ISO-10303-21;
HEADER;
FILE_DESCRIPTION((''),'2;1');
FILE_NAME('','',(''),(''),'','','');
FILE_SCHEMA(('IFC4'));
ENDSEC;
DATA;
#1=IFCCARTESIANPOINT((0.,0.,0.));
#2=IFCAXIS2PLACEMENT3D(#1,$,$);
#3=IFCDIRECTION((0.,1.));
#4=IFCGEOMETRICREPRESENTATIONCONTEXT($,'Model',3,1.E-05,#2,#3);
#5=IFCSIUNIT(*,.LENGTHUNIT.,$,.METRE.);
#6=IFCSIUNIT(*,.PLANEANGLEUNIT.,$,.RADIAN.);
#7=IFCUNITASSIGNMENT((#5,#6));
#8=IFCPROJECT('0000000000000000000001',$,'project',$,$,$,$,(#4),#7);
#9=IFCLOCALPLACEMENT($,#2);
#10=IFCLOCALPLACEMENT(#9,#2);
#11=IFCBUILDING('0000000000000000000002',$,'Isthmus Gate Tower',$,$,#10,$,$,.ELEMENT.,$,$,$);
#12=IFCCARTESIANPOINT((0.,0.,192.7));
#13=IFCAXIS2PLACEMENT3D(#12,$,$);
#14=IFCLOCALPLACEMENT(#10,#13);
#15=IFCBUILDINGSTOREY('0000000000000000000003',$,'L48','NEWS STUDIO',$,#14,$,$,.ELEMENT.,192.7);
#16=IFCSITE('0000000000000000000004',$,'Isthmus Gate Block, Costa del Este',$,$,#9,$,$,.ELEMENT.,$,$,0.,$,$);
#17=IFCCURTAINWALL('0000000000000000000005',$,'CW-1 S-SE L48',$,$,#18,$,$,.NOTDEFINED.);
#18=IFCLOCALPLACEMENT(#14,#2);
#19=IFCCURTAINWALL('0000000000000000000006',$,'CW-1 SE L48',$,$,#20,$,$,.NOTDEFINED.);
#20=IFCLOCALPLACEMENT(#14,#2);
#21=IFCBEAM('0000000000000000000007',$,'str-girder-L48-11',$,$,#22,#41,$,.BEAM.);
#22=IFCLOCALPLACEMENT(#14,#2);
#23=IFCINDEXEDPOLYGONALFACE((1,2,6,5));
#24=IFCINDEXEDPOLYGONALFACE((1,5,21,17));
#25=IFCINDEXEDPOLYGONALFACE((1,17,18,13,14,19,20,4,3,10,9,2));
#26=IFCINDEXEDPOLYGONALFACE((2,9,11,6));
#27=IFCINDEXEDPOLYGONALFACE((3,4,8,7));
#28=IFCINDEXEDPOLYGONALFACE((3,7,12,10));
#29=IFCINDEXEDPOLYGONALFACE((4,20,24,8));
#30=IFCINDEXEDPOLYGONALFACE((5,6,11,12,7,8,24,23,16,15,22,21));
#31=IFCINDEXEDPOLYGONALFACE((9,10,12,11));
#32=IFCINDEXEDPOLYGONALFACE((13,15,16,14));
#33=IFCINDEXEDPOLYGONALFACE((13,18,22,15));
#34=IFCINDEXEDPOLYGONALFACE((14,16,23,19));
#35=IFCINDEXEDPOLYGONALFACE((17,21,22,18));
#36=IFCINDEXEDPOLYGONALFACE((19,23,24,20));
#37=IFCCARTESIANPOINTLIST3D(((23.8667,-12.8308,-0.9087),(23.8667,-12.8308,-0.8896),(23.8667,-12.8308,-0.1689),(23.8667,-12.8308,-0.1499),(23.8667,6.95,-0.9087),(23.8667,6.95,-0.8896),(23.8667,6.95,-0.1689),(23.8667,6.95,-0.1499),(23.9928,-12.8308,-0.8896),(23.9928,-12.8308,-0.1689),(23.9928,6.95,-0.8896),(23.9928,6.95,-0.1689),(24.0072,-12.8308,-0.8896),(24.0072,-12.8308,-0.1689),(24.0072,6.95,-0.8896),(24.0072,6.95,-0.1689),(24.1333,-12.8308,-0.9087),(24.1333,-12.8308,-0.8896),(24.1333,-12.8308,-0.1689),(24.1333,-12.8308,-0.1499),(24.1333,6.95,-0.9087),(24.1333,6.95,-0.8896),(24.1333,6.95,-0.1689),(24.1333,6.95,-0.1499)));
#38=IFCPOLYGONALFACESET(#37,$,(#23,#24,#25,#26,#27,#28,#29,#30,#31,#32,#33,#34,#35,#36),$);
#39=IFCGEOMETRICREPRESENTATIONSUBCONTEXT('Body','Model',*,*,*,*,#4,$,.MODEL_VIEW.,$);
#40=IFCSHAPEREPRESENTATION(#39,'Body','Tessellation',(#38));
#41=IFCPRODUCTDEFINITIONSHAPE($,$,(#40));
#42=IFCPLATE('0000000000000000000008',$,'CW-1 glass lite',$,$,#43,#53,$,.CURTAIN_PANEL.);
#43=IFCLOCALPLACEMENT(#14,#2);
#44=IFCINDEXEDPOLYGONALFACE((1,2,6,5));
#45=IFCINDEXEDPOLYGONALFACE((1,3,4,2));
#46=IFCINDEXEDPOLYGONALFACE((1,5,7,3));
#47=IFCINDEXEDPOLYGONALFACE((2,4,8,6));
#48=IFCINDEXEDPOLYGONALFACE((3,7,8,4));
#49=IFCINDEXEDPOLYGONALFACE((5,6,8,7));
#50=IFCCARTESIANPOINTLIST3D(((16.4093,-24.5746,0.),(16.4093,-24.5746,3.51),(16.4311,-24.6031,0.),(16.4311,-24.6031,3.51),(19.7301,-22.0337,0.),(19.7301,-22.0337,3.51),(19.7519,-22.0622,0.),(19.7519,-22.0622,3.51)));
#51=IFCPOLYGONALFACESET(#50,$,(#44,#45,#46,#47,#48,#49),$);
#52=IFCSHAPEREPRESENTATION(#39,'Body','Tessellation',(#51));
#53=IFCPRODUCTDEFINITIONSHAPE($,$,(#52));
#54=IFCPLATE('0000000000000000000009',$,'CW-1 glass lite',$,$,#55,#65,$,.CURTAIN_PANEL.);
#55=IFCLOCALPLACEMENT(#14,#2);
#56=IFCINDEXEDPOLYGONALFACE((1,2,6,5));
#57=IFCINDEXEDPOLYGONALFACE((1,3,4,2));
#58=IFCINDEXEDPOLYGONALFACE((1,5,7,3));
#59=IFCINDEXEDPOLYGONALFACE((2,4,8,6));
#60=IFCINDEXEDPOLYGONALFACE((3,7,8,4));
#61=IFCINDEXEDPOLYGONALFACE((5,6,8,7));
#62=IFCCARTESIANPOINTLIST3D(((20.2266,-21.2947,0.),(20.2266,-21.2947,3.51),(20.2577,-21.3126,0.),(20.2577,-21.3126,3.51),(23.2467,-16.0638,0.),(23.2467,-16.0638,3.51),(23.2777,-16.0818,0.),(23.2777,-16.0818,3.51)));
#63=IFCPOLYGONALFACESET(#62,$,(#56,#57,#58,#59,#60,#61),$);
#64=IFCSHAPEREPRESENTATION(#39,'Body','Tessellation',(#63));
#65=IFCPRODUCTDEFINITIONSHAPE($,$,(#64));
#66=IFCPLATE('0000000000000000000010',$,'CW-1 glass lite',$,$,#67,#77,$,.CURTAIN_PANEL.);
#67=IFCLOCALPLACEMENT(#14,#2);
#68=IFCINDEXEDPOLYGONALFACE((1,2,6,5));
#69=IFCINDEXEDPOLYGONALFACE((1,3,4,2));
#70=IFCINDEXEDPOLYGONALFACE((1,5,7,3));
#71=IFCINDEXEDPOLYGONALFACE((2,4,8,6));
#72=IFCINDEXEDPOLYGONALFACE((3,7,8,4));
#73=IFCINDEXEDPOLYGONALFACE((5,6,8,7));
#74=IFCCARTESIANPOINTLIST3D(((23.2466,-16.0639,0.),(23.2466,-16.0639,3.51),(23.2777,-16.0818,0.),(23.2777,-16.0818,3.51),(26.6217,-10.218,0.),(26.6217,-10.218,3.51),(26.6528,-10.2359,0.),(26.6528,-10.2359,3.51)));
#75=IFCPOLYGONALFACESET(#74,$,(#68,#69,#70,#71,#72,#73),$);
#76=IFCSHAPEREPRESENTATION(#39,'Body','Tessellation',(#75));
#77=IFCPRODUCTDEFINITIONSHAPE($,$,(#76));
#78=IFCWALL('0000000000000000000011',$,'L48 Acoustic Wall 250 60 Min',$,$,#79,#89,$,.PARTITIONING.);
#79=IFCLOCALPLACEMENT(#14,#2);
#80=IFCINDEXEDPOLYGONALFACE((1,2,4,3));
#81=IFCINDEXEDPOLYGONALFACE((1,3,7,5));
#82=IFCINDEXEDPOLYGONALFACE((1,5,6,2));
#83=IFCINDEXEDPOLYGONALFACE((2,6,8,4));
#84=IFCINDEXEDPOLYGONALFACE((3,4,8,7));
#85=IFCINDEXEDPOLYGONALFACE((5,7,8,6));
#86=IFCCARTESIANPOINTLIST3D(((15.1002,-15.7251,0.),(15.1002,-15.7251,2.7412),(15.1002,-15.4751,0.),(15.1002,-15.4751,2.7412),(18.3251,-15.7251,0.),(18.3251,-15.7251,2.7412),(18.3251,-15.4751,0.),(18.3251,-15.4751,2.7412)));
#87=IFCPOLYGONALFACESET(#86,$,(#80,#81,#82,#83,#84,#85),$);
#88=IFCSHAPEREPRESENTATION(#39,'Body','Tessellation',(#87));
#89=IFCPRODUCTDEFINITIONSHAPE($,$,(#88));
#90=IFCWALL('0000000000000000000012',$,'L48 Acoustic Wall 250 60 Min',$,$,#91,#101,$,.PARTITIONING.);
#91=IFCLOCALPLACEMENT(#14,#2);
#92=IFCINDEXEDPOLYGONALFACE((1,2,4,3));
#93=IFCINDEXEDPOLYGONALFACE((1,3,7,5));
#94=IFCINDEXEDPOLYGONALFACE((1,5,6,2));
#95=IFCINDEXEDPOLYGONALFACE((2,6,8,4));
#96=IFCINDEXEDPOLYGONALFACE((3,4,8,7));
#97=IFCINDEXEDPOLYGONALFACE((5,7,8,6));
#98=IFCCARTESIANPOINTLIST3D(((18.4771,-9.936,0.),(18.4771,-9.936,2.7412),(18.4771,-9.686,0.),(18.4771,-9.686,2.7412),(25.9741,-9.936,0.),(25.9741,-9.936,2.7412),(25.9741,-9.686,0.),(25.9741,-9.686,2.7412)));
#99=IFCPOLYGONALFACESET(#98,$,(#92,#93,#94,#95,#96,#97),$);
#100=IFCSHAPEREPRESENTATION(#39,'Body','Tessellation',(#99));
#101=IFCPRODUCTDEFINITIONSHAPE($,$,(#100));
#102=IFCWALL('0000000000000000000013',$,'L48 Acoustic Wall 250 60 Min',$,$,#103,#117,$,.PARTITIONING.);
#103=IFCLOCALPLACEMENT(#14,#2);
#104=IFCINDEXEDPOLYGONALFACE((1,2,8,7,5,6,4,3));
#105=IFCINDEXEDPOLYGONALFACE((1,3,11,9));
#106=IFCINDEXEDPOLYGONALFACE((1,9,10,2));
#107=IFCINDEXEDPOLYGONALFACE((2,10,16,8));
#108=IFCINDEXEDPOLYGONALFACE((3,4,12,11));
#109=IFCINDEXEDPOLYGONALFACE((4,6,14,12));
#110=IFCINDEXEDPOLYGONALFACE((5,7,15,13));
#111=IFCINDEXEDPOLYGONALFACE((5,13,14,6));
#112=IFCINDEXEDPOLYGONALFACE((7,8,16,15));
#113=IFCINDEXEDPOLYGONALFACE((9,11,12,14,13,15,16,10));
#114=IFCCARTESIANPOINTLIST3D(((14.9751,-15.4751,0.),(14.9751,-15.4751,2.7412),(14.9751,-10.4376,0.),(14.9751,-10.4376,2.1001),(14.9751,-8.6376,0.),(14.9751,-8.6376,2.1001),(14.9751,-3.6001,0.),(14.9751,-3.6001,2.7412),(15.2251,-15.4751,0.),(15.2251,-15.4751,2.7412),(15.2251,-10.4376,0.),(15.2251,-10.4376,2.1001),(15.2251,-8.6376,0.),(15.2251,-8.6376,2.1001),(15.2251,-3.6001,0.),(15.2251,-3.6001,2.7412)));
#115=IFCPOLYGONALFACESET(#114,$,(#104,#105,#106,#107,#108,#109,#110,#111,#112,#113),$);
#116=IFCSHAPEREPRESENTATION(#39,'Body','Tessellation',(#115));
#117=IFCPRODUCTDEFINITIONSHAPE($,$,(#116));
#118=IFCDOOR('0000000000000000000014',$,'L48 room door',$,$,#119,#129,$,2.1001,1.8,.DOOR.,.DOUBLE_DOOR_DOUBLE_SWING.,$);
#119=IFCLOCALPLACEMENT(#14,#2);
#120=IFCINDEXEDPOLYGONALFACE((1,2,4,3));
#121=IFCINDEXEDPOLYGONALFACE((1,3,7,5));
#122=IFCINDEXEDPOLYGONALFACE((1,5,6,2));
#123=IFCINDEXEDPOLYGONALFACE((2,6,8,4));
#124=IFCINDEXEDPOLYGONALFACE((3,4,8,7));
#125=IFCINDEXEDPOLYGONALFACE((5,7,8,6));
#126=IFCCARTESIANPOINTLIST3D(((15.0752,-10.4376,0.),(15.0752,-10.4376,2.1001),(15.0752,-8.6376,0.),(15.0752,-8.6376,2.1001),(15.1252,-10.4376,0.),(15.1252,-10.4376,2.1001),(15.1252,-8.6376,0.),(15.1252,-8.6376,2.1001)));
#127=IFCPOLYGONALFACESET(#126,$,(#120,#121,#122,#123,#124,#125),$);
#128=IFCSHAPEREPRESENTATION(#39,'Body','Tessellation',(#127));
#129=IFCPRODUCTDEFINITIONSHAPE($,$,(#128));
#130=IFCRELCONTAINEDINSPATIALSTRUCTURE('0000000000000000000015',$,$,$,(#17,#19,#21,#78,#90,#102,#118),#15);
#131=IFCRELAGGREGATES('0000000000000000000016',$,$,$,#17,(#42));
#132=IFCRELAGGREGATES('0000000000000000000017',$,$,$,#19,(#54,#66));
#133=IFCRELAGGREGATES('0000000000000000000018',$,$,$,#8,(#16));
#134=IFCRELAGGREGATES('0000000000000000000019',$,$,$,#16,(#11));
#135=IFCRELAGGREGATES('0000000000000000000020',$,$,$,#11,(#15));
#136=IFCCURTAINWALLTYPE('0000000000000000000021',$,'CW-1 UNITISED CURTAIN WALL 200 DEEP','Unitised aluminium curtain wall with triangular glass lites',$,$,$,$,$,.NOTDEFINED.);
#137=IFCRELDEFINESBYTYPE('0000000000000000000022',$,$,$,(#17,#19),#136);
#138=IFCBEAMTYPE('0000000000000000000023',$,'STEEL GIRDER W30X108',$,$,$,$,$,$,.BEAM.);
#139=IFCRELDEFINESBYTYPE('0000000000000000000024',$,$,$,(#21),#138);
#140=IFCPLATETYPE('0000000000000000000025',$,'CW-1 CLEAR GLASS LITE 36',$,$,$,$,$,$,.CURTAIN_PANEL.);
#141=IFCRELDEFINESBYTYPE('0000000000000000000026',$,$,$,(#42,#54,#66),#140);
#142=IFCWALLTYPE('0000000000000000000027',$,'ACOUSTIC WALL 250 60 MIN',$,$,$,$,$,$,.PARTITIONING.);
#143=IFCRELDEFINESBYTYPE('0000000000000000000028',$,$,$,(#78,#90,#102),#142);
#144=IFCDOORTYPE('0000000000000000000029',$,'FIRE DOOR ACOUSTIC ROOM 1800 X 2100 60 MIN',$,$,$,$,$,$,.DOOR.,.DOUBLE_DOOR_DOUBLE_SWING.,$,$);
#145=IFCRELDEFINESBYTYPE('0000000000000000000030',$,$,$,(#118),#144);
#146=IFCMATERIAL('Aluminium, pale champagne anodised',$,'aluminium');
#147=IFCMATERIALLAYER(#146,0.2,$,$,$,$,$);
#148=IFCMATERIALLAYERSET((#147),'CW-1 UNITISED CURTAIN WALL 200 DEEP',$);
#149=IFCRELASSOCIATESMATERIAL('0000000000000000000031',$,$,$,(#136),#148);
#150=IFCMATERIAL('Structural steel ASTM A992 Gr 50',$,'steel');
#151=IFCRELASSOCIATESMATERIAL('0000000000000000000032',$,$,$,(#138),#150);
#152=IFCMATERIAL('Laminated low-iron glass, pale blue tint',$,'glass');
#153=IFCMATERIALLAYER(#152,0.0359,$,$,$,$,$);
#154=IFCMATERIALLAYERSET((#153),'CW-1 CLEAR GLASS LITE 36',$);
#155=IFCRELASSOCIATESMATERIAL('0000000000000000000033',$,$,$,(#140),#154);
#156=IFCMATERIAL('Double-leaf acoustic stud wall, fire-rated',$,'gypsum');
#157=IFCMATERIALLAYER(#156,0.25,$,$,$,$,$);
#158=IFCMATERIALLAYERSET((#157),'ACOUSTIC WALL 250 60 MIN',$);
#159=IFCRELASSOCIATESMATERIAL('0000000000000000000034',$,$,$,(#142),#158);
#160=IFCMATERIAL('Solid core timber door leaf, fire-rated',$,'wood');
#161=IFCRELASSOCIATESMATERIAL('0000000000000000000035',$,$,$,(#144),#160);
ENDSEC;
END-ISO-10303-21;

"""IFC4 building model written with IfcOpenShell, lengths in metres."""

from ifc_helpers import new_model, si_unit, direction, frame, frame_2d, origin, origin_2d, place, context, subcontext, project, spatial, rectangle, i_section, extrude, material, layer, layer_set, material_profile, profile_set, type_object, element, fill, aggregate, save


model = new_model("IFC4")

# Units and contexts
model_context = context("Model", 3, precision=1e-05, world=origin(), true_north=direction((0.0, 1.0)))
body_context = subcontext(model_context, "Body", "Model", "MODEL_VIEW")
ifc_project = project(units=[si_unit("LENGTHUNIT", "METRE"), si_unit("PLANEANGLEUNIT", "RADIAN")], contexts=[model_context])

# Site, building, storey
site_placement = place(None, origin())
site = spatial("IfcSite", under=ifc_project, at=site_placement, Name="Isthmus Gate Block, Costa del Este", CompositionType="ELEMENT", RefElevation=0.0)
building_placement = place(site_placement, origin())
building = spatial("IfcBuilding", under=site, at=building_placement, Name="Isthmus Gate Tower", CompositionType="ELEMENT")
storey_placement = place(building_placement, frame((0.0, 0.0, 192.7)))
storey = spatial("IfcBuildingStorey", under=building, at=storey_placement, Name="L48", Description="NEWS STUDIO", CompositionType="ELEMENT", Elevation=192.7)

# Curtain wall
ifc_material_1 = material(Name="Aluminium, pale champagne anodised", Category="aluminium")
ifc_layer_1 = layer(ifc_material_1, 0.2)
ifc_layer_set_1 = layer_set([ifc_layer_1], Name="CW-1 UNITISED CURTAIN WALL 200 DEEP")
curtain_wall_type = type_object("IfcCurtainWallType", Name="CW-1 UNITISED CURTAIN WALL 200 DEEP", Description="Unitised aluminium curtain wall with triangular glass lites", PredefinedType="NOTDEFINED", material=ifc_layer_set_1)
curtain_wall_1_placement = place(storey_placement, origin())
curtain_wall_1 = element("IfcCurtainWall", 1, at=curtain_wall_1_placement, inside=storey, type_object=curtain_wall_type, Name="CW-1 S-SE L48", PredefinedType="NOTDEFINED")

# Curtain wall
curtain_wall_2_placement = place(storey_placement, origin())
curtain_wall_2 = element("IfcCurtainWall", 2, at=curtain_wall_2_placement, inside=storey, type_object=curtain_wall_type, Name="CW-1 SE L48", PredefinedType="NOTDEFINED")

# Beam
ifc_material_2 = material(Name="Structural steel ASTM A992 Gr 50", Category="steel")
ifc_material_profile_1 = material_profile(ifc_material_2, i_section(OverallWidth=0.2666, OverallDepth=0.7588, WebThickness=0.0144, FlangeThickness=0.019, at=origin_2d()), Name="W30X108")
ifc_profile_set_1 = profile_set([ifc_material_profile_1], Name="Structural steel ASTM A992 Gr 50")
beam_type_1 = type_object("IfcBeamType", Name="STEEL GIRDER W30X108", PredefinedType="BEAM", material=ifc_profile_set_1)
beam_1_placement = place(storey_placement, frame((24.0, -12.8308, -0.5293), z_axis=(0.0, 1.0, 0.0), x_axis=(-1.0, 0.0, 0.0)))
element("IfcBeam", 3, at=beam_1_placement, inside=storey, type_object=beam_type_1, Name="str-girder-L48-11", PredefinedType="BEAM", context=body_context, shape_type="SweptSolid", body=[
    extrude(i_section(OverallWidth=0.2666, OverallDepth=0.7588, WebThickness=0.0144, FlangeThickness=0.019, at=origin_2d()), origin(), (0.0, 0.0, 1.0), 19.7808),
])

# Plates
ifc_material_3 = material(Name="Laminated low-iron glass, pale blue tint", Category="glass")
ifc_layer_2 = layer(ifc_material_3, 0.0359)
ifc_layer_set_2 = layer_set([ifc_layer_2], Name="CW-1 CLEAR GLASS LITE 36")
plate_type = type_object("IfcPlateType", Name="CW-1 CLEAR GLASS LITE 36", PredefinedType="CURTAIN_PANEL", material=ifc_layer_set_2)
plate_1_placement = place(storey_placement, frame((18.0806, -23.3184, 0.0), z_axis=(0.0, 0.0, 1.0), x_axis=(0.794189, 0.607671, 0.0)))
plate_1 = element("IfcPlate", 4, at=plate_1_placement, type_object=plate_type, Name="CW-1 glass lite", PredefinedType="CURTAIN_PANEL", context=body_context, shape_type="SweptSolid", body=[
    extrude(rectangle(XDim=4.1814, YDim=0.0359, at=origin_2d()), origin(), (0.0, 0.0, 1.0), 3.51),
])
aggregate(curtain_wall_1, [plate_1])
plate_2_placement = place(storey_placement, frame((21.7522, -18.6882, 0.0), z_axis=(0.0, 0.0, 1.0), x_axis=(0.5, 0.866025, 0.0)))
plate_2 = element("IfcPlate", 5, at=plate_2_placement, type_object=plate_type, Name="CW-1 glass lite", PredefinedType="CURTAIN_PANEL", context=body_context, shape_type="SweptSolid", body=[
    extrude(rectangle(XDim=6.04, YDim=0.0359, at=origin_2d()), origin(), (0.0, 0.0, 1.0), 3.51),
])
plate_3_placement = place(storey_placement, frame((24.9497, -13.1499, 0.0), z_axis=(0.0, 0.0, 1.0), x_axis=(0.5, 0.866025, 0.0)))
plate_3 = element("IfcPlate", 6, at=plate_3_placement, type_object=plate_type, Name="CW-1 glass lite", PredefinedType="CURTAIN_PANEL", context=body_context, shape_type="SweptSolid", body=[
    extrude(rectangle(XDim=6.7502, YDim=0.0359, at=origin_2d()), origin(), (0.0, 0.0, 1.0), 3.51),
])
aggregate(curtain_wall_2, [plate_2, plate_3])

# Walls
ifc_material_4 = material(Name="Double-leaf acoustic stud wall, fire-rated", Category="gypsum")
ifc_layer_3 = layer(ifc_material_4, 0.25)
ifc_layer_set_3 = layer_set([ifc_layer_3], Name="ACOUSTIC WALL 250 60 MIN")
wall_type = type_object("IfcWallType", Name="ACOUSTIC WALL 250 60 MIN", PredefinedType="PARTITIONING", material=ifc_layer_set_3)
wall_1_placement = place(storey_placement, frame((18.325, -15.6001, 0.0), z_axis=(0.0, 0.0, 1.0), x_axis=(-1.0, 0.0, 0.0)))
element("IfcWall", 7, at=wall_1_placement, inside=storey, type_object=wall_type, Name="L48 Acoustic Wall 250 60 Min", PredefinedType="PARTITIONING", context=body_context, shape_type="SweptSolid", body=[
    extrude(rectangle(XDim=3.2249, YDim=0.25, at=frame_2d((1.6123, 0.0))), origin(), (0.0, 0.0, 1.0), 2.7412),
])
wall_2_placement = place(storey_placement, frame((18.4771, -9.811, 0.0), z_axis=(0.0, 0.0, 1.0), x_axis=(1.0, 0.0, 0.0)))
element("IfcWall", 8, at=wall_2_placement, inside=storey, type_object=wall_type, Name="L48 Acoustic Wall 250 60 Min", PredefinedType="PARTITIONING", context=body_context, shape_type="SweptSolid", body=[
    extrude(rectangle(XDim=7.4971, YDim=0.25, at=frame_2d((3.7485, 0.0))), origin(), (0.0, 0.0, 1.0), 2.7412),
])

# Wall, opening, door
wall_3_placement = place(storey_placement, frame((15.1001, -15.4751, 0.0), z_axis=(0.0, 0.0, 1.0), x_axis=(0.0, 1.0, 0.0)))
wall_3 = element("IfcWall", 9, at=wall_3_placement, inside=storey, type_object=wall_type, Name="L48 Acoustic Wall 250 60 Min", PredefinedType="PARTITIONING", context=body_context, shape_type="SweptSolid", body=[
    extrude(rectangle(XDim=11.875, YDim=0.25, at=frame_2d((5.9375, 0.0))), origin(), (0.0, 0.0, 1.0), 2.7412),
])
opening_placement = place(wall_3_placement, frame((5.0376, 0.0, 0.0)))
opening = element("IfcOpeningElement", 10, at=opening_placement, cuts=wall_3, PredefinedType="OPENING", context=body_context, shape_type="SweptSolid", body=[
    extrude(rectangle(XDim=1.8, YDim=2.1001, at=frame_2d((0.8999, 1.05))), frame((0.0, 0.135, 0.0), z_axis=(0.0, -1.0, 0.0), x_axis=(1.0, 0.0, 0.0)), (0.0, 0.0, 1.0), 0.27),
])
ifc_material_5 = material(Name="Solid core timber door leaf, fire-rated", Category="wood")
door_type = type_object("IfcDoorType", Name="FIRE DOOR ACOUSTIC ROOM 1800 X 2100 60 MIN", OperationType="DOUBLE_DOOR_DOUBLE_SWING", PredefinedType="DOOR", material=ifc_material_5)
door_placement = place(opening_placement, origin())
door = element("IfcDoor", 11, at=door_placement, inside=storey, type_object=door_type, Name="L48 room door", OperationType="DOUBLE_DOOR_DOUBLE_SWING", OverallHeight=2.1001, OverallWidth=1.8, PredefinedType="DOOR", context=body_context, shape_type="SweptSolid", body=[
    extrude(rectangle(XDim=1.8, YDim=2.1001, at=frame_2d((0.8999, 1.05))), frame((0.0, 0.0249, 0.0), z_axis=(0.0, -1.0, 0.0), x_axis=(1.0, 0.0, 0.0)), (0.0, 0.0, 1.0), 0.05),
])
fill(opening, door)

save(model, "model.ifc")
